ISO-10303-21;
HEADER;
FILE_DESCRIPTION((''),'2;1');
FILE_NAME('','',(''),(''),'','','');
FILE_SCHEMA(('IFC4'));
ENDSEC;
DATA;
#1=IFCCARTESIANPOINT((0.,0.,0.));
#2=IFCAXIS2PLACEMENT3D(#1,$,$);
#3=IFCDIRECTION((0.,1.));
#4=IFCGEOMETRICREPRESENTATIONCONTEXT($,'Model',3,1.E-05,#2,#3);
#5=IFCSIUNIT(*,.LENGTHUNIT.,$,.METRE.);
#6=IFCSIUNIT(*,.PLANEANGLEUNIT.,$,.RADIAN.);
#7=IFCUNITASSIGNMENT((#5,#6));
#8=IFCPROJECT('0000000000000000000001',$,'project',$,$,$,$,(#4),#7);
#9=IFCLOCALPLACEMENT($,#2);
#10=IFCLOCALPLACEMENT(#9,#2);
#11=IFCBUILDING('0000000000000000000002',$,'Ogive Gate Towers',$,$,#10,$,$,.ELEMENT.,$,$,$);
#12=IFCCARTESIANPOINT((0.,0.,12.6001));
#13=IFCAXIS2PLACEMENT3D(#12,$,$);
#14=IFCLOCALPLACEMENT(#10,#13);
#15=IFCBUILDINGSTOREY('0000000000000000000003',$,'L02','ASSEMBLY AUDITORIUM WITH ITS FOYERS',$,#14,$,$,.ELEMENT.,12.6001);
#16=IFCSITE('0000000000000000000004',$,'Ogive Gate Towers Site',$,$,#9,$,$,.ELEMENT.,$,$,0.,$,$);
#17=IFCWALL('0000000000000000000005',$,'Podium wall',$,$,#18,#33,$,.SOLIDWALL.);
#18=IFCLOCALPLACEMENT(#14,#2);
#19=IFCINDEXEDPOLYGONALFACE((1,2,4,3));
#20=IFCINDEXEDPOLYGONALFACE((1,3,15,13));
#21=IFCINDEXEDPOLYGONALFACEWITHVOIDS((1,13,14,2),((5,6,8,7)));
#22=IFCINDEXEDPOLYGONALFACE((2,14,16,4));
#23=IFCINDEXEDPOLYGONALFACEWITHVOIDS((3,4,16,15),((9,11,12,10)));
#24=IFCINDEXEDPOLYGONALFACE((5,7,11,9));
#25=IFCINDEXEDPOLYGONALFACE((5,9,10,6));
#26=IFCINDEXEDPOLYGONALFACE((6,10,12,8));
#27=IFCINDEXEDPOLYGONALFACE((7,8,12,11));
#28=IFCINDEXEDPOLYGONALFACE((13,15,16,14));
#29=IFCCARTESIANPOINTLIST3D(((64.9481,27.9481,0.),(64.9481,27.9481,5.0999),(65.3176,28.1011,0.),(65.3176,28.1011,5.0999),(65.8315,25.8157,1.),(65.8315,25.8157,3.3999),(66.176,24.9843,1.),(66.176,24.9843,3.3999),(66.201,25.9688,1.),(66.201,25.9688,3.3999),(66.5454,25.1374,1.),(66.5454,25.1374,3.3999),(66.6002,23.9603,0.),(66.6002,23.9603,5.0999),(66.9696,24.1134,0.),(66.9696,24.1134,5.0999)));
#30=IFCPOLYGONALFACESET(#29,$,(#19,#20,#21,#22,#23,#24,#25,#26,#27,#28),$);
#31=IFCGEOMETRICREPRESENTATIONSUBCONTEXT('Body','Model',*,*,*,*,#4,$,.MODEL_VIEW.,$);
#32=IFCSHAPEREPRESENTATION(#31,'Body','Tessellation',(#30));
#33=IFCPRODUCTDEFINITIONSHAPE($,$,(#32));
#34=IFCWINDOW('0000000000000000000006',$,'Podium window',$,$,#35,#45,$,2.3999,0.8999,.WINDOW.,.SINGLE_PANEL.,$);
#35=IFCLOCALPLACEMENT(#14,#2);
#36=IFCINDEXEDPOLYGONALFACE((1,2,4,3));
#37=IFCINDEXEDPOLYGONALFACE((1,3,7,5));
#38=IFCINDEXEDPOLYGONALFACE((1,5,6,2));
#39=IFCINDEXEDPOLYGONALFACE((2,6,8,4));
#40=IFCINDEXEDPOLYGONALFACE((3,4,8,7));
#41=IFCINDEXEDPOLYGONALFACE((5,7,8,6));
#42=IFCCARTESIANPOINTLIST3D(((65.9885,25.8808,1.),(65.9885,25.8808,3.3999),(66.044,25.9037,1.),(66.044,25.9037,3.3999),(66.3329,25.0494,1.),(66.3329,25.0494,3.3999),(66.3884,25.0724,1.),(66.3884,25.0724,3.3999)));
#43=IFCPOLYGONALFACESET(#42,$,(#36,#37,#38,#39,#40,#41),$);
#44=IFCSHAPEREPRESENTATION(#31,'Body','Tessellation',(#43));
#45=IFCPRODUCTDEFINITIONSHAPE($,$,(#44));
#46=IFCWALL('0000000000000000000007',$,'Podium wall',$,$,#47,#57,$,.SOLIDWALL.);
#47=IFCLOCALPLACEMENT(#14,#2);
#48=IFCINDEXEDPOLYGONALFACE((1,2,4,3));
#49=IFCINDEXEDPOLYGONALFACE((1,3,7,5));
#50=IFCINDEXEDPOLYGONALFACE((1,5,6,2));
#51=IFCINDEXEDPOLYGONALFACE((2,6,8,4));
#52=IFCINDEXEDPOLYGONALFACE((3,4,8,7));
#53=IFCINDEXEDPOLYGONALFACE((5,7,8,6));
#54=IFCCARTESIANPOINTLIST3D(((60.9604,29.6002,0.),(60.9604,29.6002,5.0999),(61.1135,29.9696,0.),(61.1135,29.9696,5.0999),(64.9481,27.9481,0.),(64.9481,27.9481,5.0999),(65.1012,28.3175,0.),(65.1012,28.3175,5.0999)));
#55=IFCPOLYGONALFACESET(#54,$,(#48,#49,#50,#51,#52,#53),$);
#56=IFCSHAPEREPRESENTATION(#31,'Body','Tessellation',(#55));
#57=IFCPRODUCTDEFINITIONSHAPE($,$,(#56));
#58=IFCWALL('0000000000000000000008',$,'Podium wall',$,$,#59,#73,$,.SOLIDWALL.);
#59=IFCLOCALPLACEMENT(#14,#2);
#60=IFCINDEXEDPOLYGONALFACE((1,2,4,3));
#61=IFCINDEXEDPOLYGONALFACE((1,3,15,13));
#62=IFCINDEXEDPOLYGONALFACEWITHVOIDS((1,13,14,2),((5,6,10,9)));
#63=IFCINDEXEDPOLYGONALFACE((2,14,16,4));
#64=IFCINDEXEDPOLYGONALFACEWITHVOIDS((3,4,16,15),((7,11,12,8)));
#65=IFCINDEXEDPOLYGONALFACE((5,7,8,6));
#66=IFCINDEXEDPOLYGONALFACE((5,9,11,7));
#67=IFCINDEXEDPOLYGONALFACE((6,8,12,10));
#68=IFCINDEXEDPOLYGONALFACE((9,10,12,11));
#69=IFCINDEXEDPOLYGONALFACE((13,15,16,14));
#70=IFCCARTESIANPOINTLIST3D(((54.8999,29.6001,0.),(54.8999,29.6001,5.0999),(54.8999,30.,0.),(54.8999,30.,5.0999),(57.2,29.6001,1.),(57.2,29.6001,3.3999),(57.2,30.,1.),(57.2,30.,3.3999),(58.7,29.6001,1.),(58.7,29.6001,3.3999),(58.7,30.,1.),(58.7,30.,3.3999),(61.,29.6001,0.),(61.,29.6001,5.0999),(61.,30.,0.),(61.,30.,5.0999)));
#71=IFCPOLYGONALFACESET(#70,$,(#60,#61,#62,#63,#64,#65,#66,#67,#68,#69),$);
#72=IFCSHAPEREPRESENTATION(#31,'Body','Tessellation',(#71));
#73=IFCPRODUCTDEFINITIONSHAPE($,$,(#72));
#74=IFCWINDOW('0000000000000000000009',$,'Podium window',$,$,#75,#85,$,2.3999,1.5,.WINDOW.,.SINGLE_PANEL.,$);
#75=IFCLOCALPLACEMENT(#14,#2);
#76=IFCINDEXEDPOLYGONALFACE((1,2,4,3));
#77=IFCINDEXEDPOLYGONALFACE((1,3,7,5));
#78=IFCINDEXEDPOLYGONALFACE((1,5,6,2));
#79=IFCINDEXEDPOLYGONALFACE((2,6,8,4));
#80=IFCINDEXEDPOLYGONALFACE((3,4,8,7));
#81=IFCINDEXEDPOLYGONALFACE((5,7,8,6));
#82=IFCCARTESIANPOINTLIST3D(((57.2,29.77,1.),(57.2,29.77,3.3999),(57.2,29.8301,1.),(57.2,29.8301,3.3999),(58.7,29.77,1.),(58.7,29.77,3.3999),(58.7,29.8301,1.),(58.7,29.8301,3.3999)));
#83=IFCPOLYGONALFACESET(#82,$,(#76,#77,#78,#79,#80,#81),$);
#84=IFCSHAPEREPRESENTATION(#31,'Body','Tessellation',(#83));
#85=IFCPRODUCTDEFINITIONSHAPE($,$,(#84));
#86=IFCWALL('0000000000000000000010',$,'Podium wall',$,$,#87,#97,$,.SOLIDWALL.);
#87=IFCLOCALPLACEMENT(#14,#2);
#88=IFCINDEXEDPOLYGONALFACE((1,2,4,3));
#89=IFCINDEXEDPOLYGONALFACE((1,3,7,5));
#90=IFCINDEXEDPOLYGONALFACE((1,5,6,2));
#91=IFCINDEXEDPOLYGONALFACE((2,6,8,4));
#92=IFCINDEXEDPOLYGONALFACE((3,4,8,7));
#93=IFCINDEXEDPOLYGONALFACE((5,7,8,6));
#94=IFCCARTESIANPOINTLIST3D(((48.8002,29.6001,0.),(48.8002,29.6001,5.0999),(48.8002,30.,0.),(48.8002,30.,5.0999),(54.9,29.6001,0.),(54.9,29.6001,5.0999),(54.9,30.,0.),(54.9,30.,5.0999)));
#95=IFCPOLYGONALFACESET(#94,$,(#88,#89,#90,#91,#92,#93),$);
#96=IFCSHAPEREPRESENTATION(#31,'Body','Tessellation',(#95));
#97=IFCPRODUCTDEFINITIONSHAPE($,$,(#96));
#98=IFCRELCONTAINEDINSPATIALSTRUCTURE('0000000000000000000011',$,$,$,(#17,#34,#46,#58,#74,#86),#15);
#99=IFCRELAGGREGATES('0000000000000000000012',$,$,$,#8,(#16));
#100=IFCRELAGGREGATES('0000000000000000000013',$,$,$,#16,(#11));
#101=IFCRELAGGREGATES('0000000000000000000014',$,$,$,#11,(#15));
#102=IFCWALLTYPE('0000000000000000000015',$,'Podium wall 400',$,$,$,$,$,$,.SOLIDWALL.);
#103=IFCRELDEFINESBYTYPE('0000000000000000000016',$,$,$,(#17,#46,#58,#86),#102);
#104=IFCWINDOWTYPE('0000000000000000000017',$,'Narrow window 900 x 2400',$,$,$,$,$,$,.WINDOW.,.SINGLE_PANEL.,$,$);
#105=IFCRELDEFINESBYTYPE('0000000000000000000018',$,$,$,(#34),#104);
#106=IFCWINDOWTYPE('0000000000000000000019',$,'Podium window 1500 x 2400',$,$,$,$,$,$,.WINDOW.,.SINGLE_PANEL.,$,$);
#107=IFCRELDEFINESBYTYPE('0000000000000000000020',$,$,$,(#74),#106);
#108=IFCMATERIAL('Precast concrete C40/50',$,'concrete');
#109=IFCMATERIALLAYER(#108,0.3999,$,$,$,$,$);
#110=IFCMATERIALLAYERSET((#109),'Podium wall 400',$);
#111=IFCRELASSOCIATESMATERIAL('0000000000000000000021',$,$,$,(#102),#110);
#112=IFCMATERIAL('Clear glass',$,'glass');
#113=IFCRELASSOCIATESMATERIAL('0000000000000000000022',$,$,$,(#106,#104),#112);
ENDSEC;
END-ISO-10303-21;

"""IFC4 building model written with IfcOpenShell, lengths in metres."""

from ifc_helpers import new_model, si_unit, direction, frame, frame_2d, origin, place, context, subcontext, project, spatial, rectangle, extrude, material, layer, layer_set, type_object, element, fill, save


model = new_model("IFC4")

# Units and contexts
model_context = context("Model", 3, precision=1e-05, world=origin(), true_north=direction((0.0, 1.0)))
body_context = subcontext(model_context, "Body", "Model", "MODEL_VIEW")
ifc_project = project(units=[si_unit("LENGTHUNIT", "METRE"), si_unit("PLANEANGLEUNIT", "RADIAN")], contexts=[model_context])

# Site, building, storey
site_placement = place(None, origin())
site = spatial("IfcSite", under=ifc_project, at=site_placement, Name="Ogive Gate Towers Site", CompositionType="ELEMENT", RefElevation=0.0)
building_placement = place(site_placement, origin())
building = spatial("IfcBuilding", under=site, at=building_placement, Name="Ogive Gate Towers", CompositionType="ELEMENT")
storey_placement = place(building_placement, frame((0.0, 0.0, 12.6001)))
storey = spatial("IfcBuildingStorey", under=building, at=storey_placement, Name="L02", Description="ASSEMBLY AUDITORIUM WITH ITS FOYERS", CompositionType="ELEMENT", Elevation=12.6001)

# Wall, opening, window
ifc_material_1 = material(Name="Precast concrete C40/50", Category="concrete")
ifc_layer = layer(ifc_material_1, 0.3999)
ifc_layer_set = layer_set([ifc_layer], Name="Podium wall 400")
wall_type = type_object("IfcWallType", Name="Podium wall 400", PredefinedType="SOLIDWALL", material=ifc_layer_set)
ifc_material_2 = material(Name="Clear glass", Category="glass")
window_type_1 = type_object("IfcWindowType", Name="Podium window 1500 x 2400", PartitioningType="SINGLE_PANEL", PredefinedType="WINDOW", material=ifc_material_2)
wall_1_placement = place(storey_placement, frame((66.7849, 24.0369, 0.0), z_axis=(0.0, 0.0, 1.0), x_axis=(-0.382743, 0.923855, 0.0)))
wall_1 = element("IfcWall", 1, at=wall_1_placement, inside=storey, type_object=wall_type, Name="Podium wall", PredefinedType="SOLIDWALL", context=body_context, shape_type="SweptSolid", body=[
    extrude(rectangle(XDim=4.3164, YDim=0.3999, at=frame_2d((2.1582, 0.0))), origin(), (0.0, 0.0, 1.0), 5.0999),
])
opening_1_placement = place(wall_1_placement, frame((1.1084, 0.0, 1.0)))
opening_1 = element("IfcOpeningElement", 2, at=opening_1_placement, cuts=wall_1, PredefinedType="OPENING", context=body_context, shape_type="SweptSolid", body=[
    extrude(rectangle(XDim=0.8999, YDim=2.3999, at=frame_2d((0.45, 1.2))), frame((0.0, 0.21, 0.0), z_axis=(0.0, -1.0, 0.0), x_axis=(1.0, 0.0, 0.0)), (0.0, 0.0, 1.0), 0.4199),
])
window_type_2 = type_object("IfcWindowType", Name="Narrow window 900 x 2400", PartitioningType="SINGLE_PANEL", PredefinedType="WINDOW", material=ifc_material_2)
window_1_placement = place(opening_1_placement, origin())
window_1 = element("IfcWindow", 3, at=window_1_placement, inside=storey, type_object=window_type_2, Name="Podium window", OverallHeight=2.3999, OverallWidth=0.8999, PartitioningType="SINGLE_PANEL", PredefinedType="WINDOW", context=body_context, shape_type="SweptSolid", body=[
    extrude(rectangle(XDim=0.8999, YDim=2.3999, at=frame_2d((0.45, 1.2))), frame((0.0, 0.03, 0.0), z_axis=(0.0, -1.0, 0.0), x_axis=(1.0, 0.0, 0.0)), (0.0, 0.0, 1.0), 0.0601),
])
fill(opening_1, window_1)

# Wall
wall_2_placement = place(storey_placement, frame((65.0247, 28.1328, 0.0), z_axis=(0.0, 0.0, 1.0), x_axis=(-0.923855, 0.382743, 0.0)))
element("IfcWall", 4, at=wall_2_placement, inside=storey, type_object=wall_type, Name="Podium wall", PredefinedType="SOLIDWALL", context=body_context, shape_type="SweptSolid", body=[
    extrude(rectangle(XDim=4.3164, YDim=0.3999, at=frame_2d((2.1582, 0.0))), origin(), (0.0, 0.0, 1.0), 5.0999),
])

# Wall, opening, window
wall_3_placement = place(storey_placement, frame((61.0, 29.8, 0.0), z_axis=(0.0, 0.0, 1.0), x_axis=(-1.0, 0.0, 0.0)))
wall_3 = element("IfcWall", 5, at=wall_3_placement, inside=storey, type_object=wall_type, Name="Podium wall", PredefinedType="SOLIDWALL", context=body_context, shape_type="SweptSolid", body=[
    extrude(rectangle(XDim=6.1001, YDim=0.3999, at=frame_2d((3.05, 0.0))), origin(), (0.0, 0.0, 1.0), 5.0999),
])
opening_2_placement = place(wall_3_placement, frame((2.3, 0.0, 1.0)))
opening_2 = element("IfcOpeningElement", 6, at=opening_2_placement, cuts=wall_3, PredefinedType="OPENING", context=body_context, shape_type="SweptSolid", body=[
    extrude(rectangle(XDim=1.5, YDim=2.3999, at=frame_2d((0.75, 1.2))), frame((0.0, 0.21, 0.0), z_axis=(0.0, -1.0, 0.0), x_axis=(1.0, 0.0, 0.0)), (0.0, 0.0, 1.0), 0.4199),
])
window_2_placement = place(opening_2_placement, origin())
window_2 = element("IfcWindow", 7, at=window_2_placement, inside=storey, type_object=window_type_1, Name="Podium window", OverallHeight=2.3999, OverallWidth=1.5, PartitioningType="SINGLE_PANEL", PredefinedType="WINDOW", context=body_context, shape_type="SweptSolid", body=[
    extrude(rectangle(XDim=1.5, YDim=2.3999, at=frame_2d((0.75, 1.2))), frame((0.0, 0.03, 0.0), z_axis=(0.0, -1.0, 0.0), x_axis=(1.0, 0.0, 0.0)), (0.0, 0.0, 1.0), 0.0601),
])
fill(opening_2, window_2)

# Wall
wall_4_placement = place(storey_placement, frame((54.8999, 29.8, 0.0), z_axis=(0.0, 0.0, 1.0), x_axis=(-1.0, 0.0, 0.0)))
element("IfcWall", 8, at=wall_4_placement, inside=storey, type_object=wall_type, Name="Podium wall", PredefinedType="SOLIDWALL", context=body_context, shape_type="SweptSolid", body=[
    extrude(rectangle(XDim=6.0999, YDim=0.3999, at=frame_2d((3.0498, 0.0))), origin(), (0.0, 0.0, 1.0), 5.0999),
])

save(model, "model.ifc")
